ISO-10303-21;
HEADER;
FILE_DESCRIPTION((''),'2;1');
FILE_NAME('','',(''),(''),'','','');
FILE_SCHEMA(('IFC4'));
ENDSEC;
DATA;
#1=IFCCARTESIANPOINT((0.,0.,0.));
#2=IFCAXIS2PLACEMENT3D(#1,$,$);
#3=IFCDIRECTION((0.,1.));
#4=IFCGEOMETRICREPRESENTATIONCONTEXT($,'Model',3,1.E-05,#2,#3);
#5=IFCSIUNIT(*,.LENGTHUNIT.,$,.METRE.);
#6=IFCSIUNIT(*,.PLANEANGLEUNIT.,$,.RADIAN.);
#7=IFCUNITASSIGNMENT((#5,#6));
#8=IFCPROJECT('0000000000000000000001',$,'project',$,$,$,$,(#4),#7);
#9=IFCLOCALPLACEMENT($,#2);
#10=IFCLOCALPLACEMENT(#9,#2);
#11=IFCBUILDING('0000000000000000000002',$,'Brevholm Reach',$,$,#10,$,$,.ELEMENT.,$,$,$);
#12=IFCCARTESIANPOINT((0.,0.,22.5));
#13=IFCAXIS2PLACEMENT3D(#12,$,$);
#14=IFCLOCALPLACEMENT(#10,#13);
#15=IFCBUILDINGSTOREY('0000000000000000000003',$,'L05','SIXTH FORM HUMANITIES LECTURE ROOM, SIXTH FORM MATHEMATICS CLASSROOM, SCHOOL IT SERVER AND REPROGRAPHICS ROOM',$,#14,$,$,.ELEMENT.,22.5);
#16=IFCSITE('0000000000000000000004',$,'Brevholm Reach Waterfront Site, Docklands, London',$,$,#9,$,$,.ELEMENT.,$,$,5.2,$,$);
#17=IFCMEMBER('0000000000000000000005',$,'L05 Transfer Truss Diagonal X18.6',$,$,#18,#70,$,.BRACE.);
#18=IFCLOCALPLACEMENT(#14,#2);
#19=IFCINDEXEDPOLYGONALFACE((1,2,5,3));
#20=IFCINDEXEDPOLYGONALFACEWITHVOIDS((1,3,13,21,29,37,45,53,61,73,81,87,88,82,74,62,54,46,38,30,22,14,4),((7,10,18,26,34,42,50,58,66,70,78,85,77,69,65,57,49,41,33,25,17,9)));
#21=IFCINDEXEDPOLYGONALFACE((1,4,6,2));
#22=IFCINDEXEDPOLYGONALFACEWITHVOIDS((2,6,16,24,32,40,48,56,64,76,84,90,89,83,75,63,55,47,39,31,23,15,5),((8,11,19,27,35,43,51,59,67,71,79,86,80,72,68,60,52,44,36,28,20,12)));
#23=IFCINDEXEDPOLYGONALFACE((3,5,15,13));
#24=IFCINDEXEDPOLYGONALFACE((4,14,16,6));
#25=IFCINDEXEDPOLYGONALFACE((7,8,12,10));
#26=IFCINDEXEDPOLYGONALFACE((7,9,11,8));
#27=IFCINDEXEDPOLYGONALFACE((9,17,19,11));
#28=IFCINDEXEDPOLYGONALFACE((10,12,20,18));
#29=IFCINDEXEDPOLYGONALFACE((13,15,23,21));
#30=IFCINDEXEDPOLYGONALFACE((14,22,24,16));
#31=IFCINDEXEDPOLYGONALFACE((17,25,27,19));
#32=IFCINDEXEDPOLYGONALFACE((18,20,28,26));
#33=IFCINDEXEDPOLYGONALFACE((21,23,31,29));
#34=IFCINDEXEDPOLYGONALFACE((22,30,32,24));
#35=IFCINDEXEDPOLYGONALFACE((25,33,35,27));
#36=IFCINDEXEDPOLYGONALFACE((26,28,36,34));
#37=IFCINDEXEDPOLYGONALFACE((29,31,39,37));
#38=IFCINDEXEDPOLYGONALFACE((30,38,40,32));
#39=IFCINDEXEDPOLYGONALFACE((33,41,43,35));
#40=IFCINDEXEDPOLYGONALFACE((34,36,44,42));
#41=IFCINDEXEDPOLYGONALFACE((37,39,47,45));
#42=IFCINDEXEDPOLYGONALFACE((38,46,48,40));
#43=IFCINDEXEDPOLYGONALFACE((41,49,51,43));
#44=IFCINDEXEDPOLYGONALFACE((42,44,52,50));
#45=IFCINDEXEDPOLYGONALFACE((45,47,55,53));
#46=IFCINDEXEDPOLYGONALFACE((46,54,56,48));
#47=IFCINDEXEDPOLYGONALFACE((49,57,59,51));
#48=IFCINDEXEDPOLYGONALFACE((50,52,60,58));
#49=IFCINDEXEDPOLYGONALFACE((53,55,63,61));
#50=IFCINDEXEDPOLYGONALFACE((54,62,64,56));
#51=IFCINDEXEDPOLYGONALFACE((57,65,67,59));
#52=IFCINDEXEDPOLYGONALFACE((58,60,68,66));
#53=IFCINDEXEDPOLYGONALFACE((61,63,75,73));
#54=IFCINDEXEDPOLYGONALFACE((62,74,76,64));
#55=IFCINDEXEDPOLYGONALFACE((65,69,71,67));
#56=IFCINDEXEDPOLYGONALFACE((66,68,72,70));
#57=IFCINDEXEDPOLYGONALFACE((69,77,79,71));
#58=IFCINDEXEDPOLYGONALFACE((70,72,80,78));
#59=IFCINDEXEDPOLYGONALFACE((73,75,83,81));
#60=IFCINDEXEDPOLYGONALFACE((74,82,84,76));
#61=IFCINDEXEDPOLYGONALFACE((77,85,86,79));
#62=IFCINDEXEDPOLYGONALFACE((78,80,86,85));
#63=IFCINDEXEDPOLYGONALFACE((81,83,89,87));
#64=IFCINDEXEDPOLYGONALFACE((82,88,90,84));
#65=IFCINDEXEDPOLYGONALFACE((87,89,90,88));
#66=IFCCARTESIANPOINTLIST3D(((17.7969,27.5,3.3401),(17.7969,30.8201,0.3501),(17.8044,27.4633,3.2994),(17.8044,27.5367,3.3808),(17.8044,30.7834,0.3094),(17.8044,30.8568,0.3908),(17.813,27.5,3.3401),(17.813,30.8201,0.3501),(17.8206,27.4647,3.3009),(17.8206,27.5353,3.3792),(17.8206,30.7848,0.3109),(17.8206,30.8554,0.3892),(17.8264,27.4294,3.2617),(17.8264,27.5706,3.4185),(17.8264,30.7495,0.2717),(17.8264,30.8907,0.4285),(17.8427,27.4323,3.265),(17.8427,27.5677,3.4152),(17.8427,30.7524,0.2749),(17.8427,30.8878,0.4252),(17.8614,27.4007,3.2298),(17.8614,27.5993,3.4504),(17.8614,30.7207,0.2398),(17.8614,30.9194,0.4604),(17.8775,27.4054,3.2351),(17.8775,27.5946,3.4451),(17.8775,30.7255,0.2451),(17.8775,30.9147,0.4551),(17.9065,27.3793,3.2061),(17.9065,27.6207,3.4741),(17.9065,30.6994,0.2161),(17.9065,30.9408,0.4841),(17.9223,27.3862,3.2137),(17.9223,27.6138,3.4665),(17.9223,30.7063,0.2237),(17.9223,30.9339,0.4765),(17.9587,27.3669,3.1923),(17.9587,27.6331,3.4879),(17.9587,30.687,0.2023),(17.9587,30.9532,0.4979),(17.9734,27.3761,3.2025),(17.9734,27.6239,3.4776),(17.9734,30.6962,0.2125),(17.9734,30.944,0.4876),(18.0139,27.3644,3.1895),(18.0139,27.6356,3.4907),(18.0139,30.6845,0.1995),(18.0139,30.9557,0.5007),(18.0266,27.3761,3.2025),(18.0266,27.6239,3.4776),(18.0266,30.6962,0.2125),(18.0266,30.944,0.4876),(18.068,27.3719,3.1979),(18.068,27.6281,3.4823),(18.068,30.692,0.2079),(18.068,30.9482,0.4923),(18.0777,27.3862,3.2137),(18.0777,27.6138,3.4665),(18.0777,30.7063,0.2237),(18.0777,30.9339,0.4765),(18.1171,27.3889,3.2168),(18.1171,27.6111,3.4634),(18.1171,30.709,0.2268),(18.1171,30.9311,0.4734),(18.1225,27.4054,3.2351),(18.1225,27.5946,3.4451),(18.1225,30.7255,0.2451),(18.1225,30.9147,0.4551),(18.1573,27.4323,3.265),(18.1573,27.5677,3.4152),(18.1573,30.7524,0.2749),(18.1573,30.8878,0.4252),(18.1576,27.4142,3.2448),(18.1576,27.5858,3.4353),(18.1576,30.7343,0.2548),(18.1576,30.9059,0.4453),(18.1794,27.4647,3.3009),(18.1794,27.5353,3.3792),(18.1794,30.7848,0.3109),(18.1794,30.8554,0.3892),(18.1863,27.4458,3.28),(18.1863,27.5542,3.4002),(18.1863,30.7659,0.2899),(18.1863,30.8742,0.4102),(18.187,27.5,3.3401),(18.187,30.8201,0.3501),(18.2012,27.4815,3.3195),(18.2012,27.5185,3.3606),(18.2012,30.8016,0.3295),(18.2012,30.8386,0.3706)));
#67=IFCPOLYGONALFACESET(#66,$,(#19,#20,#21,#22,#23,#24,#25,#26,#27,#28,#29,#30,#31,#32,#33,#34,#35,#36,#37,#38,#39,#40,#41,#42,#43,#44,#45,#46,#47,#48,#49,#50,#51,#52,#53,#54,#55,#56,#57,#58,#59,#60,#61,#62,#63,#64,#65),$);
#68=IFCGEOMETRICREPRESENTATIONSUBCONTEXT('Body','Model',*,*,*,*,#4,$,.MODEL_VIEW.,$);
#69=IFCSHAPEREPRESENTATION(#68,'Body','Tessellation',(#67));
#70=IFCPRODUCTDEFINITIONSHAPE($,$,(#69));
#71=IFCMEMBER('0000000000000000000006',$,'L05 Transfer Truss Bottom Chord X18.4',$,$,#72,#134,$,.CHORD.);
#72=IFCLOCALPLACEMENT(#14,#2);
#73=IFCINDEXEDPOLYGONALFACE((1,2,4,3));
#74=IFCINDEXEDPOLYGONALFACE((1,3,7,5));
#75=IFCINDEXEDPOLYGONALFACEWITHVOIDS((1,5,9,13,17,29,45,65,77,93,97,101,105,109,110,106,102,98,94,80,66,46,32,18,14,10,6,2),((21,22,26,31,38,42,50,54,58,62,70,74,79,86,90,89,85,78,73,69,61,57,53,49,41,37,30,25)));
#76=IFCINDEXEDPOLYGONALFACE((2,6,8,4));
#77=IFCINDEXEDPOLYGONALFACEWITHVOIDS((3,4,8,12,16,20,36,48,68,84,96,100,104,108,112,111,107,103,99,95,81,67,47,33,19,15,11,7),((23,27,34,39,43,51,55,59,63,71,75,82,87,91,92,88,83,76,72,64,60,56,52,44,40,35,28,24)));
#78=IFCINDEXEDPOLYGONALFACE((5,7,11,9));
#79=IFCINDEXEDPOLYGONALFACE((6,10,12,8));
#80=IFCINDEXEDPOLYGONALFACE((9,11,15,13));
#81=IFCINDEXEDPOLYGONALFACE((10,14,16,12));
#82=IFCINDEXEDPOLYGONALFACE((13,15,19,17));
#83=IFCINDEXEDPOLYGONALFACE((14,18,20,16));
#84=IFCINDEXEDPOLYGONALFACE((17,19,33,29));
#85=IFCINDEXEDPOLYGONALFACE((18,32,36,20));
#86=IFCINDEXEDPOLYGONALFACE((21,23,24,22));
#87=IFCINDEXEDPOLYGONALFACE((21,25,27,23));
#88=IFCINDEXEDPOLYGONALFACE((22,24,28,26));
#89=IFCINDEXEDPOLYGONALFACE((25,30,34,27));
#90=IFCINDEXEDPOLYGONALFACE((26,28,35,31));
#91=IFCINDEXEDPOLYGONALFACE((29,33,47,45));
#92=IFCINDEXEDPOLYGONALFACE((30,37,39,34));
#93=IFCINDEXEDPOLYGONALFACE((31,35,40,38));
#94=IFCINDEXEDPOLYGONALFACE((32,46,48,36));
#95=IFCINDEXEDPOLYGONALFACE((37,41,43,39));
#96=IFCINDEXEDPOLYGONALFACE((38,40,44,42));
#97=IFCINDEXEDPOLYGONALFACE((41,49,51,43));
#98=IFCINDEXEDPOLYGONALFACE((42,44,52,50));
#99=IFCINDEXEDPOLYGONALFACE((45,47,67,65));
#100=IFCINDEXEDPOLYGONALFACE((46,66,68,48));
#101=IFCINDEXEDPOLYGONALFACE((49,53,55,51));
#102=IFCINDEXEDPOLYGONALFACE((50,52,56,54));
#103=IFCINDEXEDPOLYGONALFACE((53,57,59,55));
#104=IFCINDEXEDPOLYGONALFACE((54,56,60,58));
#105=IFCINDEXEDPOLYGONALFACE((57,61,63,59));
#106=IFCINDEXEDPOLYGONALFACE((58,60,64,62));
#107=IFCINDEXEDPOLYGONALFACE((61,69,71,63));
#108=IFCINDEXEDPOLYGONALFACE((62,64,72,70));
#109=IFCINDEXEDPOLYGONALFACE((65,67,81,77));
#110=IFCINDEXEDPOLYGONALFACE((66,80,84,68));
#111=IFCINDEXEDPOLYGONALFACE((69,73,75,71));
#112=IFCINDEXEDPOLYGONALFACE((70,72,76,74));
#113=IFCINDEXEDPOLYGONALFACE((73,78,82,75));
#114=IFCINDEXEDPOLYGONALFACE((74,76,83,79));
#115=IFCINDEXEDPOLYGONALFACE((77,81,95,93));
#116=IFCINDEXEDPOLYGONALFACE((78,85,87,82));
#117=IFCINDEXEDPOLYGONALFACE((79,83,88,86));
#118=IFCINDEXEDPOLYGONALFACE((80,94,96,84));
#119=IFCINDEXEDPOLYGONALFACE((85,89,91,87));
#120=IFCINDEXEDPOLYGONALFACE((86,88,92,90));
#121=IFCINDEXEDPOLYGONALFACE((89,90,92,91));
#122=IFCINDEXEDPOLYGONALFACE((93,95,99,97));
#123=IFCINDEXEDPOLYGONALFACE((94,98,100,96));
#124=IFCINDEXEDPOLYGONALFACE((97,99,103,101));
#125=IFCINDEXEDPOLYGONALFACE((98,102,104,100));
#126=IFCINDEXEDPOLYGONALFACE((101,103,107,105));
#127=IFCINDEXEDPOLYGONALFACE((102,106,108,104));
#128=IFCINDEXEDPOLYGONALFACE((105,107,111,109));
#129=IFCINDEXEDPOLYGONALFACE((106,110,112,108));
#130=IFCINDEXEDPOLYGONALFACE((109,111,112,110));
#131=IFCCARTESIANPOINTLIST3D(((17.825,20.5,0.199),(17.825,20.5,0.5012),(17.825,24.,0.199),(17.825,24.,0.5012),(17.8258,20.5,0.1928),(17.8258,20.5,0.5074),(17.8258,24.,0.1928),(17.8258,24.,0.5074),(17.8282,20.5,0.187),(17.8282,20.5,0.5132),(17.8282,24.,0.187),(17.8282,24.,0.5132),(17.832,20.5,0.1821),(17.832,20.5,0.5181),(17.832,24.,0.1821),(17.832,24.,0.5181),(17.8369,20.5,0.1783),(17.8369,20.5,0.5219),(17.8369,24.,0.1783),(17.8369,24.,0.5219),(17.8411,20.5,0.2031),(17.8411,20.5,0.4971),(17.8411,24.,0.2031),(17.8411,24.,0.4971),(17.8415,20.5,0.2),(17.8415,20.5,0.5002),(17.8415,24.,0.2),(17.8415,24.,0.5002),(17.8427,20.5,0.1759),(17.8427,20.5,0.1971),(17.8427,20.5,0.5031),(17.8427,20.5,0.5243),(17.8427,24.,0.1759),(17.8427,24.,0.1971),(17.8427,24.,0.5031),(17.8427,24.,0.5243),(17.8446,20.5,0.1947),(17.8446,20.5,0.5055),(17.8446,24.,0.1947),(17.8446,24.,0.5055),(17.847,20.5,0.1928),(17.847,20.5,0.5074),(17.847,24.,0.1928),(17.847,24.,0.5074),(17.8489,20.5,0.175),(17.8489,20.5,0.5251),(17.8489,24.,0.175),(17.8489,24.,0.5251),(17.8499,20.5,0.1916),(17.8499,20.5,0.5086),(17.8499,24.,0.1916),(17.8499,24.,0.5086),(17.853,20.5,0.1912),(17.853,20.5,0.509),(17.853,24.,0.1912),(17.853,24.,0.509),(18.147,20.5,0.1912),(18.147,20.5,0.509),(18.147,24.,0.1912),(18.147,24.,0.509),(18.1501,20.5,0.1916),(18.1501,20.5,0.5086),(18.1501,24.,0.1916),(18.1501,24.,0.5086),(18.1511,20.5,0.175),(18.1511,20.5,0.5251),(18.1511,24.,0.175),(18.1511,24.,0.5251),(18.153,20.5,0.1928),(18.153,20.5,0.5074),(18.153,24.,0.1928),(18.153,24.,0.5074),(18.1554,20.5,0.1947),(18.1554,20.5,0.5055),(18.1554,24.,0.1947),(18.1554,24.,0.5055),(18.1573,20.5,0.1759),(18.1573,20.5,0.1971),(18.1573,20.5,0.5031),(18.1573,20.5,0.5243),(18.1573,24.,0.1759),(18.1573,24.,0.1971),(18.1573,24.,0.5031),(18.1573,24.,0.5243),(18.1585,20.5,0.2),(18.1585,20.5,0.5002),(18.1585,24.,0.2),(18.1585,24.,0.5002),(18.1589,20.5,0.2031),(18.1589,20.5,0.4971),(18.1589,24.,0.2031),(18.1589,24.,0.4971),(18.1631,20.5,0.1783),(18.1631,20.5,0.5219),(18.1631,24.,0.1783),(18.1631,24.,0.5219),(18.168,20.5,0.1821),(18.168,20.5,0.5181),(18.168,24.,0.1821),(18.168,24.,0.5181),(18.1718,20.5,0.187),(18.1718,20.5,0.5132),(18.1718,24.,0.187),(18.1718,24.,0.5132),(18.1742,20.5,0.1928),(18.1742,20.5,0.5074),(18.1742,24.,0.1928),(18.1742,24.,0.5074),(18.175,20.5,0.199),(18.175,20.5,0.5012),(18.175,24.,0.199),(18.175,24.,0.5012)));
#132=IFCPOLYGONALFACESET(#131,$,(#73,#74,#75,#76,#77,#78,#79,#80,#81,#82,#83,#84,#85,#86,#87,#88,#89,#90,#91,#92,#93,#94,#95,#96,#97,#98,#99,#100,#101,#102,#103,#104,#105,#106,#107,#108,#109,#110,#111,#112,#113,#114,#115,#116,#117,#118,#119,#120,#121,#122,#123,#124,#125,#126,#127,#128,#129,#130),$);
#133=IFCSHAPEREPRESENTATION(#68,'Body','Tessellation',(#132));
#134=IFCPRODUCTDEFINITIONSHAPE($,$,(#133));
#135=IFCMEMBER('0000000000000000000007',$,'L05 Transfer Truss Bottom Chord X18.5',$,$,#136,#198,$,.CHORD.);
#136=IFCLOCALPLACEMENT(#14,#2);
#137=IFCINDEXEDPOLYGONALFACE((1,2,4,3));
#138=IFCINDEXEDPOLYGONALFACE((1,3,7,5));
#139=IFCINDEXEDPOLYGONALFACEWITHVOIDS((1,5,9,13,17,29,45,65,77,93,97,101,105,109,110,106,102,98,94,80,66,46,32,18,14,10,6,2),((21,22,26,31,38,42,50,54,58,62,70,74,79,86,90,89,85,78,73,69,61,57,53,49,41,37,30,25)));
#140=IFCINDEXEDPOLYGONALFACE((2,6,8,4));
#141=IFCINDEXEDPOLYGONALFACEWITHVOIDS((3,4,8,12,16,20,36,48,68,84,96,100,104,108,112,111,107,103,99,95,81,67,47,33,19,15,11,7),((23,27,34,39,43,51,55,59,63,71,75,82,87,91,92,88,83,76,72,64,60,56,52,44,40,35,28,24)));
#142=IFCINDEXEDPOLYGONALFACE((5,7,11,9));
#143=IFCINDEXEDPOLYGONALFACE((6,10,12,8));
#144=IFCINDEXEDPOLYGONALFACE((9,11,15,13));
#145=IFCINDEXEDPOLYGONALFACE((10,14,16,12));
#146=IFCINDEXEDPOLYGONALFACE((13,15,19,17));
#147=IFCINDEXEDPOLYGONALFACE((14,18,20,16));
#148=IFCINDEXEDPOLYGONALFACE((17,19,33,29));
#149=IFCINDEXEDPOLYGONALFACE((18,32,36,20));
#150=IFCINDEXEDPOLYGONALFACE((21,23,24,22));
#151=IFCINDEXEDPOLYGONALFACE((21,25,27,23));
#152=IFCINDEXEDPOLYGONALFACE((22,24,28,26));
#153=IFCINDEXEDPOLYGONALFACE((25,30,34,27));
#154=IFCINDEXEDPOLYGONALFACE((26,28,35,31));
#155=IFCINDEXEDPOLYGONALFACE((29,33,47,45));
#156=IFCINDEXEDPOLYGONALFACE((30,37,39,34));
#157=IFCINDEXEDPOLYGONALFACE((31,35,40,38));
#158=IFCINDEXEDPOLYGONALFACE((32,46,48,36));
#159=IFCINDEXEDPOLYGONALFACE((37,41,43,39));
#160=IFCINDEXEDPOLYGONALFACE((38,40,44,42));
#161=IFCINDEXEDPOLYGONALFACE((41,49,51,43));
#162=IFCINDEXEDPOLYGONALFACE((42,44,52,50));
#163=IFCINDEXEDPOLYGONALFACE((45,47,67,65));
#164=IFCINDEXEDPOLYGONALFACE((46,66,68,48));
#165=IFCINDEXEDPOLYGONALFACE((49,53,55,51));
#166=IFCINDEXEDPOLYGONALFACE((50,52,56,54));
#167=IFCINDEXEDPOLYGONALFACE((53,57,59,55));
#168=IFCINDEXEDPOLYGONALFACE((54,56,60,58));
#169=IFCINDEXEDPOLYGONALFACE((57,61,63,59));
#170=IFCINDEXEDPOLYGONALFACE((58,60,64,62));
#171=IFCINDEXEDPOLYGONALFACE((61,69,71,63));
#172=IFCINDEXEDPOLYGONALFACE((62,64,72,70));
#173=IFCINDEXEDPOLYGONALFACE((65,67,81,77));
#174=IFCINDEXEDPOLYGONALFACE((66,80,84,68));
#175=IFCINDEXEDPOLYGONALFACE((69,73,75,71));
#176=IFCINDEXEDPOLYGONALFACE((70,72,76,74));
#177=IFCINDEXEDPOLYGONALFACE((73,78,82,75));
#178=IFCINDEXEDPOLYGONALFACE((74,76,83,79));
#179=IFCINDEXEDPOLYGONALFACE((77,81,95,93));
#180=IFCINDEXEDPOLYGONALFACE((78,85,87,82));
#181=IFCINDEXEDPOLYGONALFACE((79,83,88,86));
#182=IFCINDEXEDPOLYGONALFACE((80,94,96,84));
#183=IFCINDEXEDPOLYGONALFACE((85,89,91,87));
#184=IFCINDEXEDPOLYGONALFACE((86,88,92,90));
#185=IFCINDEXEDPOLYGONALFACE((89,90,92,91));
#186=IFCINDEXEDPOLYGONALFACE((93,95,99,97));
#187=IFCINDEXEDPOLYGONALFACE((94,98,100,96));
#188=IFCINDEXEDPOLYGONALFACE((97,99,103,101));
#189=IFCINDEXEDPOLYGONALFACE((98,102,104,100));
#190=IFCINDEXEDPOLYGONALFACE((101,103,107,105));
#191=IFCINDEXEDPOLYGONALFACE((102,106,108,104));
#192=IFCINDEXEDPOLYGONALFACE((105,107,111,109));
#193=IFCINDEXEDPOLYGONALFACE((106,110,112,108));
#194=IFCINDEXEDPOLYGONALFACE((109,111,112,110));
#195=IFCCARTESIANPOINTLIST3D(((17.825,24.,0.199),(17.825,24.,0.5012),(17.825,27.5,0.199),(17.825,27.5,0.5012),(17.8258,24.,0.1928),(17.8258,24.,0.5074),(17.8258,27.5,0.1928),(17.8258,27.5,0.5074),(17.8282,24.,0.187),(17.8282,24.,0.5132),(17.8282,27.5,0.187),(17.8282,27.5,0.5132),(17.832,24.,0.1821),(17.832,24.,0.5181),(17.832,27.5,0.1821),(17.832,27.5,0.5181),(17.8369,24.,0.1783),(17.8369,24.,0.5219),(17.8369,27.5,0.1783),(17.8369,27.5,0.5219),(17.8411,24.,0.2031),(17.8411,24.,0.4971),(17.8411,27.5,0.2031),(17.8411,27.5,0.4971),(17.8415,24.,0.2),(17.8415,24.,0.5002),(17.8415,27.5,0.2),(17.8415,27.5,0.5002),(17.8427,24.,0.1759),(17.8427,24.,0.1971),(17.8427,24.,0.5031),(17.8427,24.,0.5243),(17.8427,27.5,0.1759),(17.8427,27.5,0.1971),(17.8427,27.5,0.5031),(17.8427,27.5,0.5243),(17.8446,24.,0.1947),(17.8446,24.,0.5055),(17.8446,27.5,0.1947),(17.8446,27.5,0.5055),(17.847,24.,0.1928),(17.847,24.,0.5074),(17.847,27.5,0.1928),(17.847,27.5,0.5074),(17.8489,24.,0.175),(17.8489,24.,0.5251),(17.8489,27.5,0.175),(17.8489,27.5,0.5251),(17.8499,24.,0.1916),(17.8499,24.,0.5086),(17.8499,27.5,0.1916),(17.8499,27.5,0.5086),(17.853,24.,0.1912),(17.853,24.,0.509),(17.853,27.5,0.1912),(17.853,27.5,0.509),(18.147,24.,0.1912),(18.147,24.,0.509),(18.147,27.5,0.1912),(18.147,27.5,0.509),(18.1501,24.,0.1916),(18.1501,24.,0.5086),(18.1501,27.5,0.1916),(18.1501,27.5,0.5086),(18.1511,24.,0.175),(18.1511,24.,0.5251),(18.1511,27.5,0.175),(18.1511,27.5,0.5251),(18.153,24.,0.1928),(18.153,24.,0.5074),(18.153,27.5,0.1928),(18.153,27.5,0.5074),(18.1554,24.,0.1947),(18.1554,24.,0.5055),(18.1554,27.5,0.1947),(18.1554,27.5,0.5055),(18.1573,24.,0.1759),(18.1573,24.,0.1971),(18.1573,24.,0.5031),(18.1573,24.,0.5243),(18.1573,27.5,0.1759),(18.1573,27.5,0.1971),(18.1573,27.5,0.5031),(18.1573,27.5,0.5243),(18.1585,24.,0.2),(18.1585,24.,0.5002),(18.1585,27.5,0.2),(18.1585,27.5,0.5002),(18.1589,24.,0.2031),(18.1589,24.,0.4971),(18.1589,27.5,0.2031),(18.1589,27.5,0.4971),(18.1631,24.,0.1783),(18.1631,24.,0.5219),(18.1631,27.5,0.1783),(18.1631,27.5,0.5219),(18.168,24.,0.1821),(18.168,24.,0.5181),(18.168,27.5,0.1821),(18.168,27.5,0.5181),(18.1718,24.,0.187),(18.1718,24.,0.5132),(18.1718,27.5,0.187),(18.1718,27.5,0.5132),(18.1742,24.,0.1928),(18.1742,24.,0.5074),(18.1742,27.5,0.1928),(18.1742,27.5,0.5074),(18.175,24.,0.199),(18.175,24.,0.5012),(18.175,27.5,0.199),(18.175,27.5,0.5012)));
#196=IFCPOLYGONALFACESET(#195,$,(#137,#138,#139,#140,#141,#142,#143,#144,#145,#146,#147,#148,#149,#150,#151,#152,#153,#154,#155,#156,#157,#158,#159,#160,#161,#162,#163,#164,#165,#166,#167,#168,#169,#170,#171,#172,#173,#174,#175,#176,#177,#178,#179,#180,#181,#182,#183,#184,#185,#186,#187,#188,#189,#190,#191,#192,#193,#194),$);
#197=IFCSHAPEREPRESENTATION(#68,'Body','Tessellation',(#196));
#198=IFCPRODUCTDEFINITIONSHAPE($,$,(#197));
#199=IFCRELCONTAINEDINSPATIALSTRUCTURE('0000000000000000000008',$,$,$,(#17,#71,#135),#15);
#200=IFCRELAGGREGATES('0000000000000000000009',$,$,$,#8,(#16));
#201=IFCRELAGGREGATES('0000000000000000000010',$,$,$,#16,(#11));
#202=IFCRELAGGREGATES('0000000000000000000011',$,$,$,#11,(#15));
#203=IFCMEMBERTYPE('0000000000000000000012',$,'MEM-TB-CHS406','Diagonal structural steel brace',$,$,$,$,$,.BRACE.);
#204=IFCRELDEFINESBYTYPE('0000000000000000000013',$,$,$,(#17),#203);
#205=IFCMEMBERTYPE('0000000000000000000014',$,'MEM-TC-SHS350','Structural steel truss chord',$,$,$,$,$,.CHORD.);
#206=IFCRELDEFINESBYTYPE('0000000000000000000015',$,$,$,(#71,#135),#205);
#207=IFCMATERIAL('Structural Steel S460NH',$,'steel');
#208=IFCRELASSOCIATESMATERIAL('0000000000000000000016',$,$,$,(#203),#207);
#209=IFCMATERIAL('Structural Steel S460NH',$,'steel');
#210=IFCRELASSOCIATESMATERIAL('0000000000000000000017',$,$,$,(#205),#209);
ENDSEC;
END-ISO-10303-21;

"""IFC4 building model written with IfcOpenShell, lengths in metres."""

from ifc_helpers import new_model, si_unit, direction, frame, origin, origin_2d, place, context, subcontext, project, spatial, hollow_rectangle, hollow_circle, extrude, material, material_profile, profile_set, type_object, element, save


model = new_model("IFC4")

# Units and contexts
model_context = context("Model", 3, precision=1e-05, world=origin(), true_north=direction((0.0, 1.0)))
body_context = subcontext(model_context, "Body", "Model", "MODEL_VIEW")
ifc_project = project(units=[si_unit("LENGTHUNIT", "METRE"), si_unit("PLANEANGLEUNIT", "RADIAN")], contexts=[model_context])

# Site, building, storey
site_placement = place(None, origin())
site = spatial("IfcSite", under=ifc_project, at=site_placement, Name="Brevholm Reach Waterfront Site, Docklands, London", CompositionType="ELEMENT", RefElevation=5.2)
building_placement = place(site_placement, origin())
building = spatial("IfcBuilding", under=site, at=building_placement, Name="Brevholm Reach", CompositionType="ELEMENT")
storey_placement = place(building_placement, frame((0.0, 0.0, 22.5)))
storey = spatial("IfcBuildingStorey", under=building, at=storey_placement, Name="L05", Description="SIXTH FORM HUMANITIES LECTURE ROOM, SIXTH FORM MATHEMATICS CLASSROOM, SCHOOL IT SERVER AND REPROGRAPHICS ROOM", CompositionType="ELEMENT", Elevation=22.5)

# Members
ifc_material_1 = material(Name="Structural Steel S460NH", Category="steel")
ifc_material_profile_1 = material_profile(ifc_material_1, hollow_circle(Radius=0.2031, WallThickness=0.0161, at=origin_2d()), Name="CHS 406.4x16")
ifc_profile_set_1 = profile_set([ifc_material_profile_1], Name="Structural Steel S460NH")
member_type_1 = type_object("IfcMemberType", Name="MEM-TB-CHS406", Description="Diagonal structural steel brace", PredefinedType="BRACE", material=ifc_profile_set_1)
member_1_placement = place(storey_placement, frame((18.0, 27.5, 3.3401), z_axis=(0.0, 0.743079, -0.669203), x_axis=(-1.0, 0.0, 0.0)))
element("IfcMember", 1, at=member_1_placement, inside=storey, type_object=member_type_1, Name="L05 Transfer Truss Diagonal X18.6", PredefinedType="BRACE", context=body_context, shape_type="SweptSolid", body=[
    extrude(hollow_circle(Radius=0.2031, WallThickness=0.0161, at=origin_2d()), origin(), (0.0, 0.0, 1.0), 4.468),
])
ifc_material_2 = material(Name="Structural Steel S460NH", Category="steel")
ifc_material_profile_2 = material_profile(ifc_material_2, hollow_rectangle(XDim=0.3501, YDim=0.3501, WallThickness=0.0161, InnerFilletRadius=0.012, OuterFilletRadius=0.0239, at=origin_2d()), Name="SHS 350x350x16")
ifc_profile_set_2 = profile_set([ifc_material_profile_2], Name="Structural Steel S460NH")
member_type_2 = type_object("IfcMemberType", Name="MEM-TC-SHS350", Description="Structural steel truss chord", PredefinedType="CHORD", material=ifc_profile_set_2)
for number, where, z_axis, x_axis, name in (
    (2, (18.0, 20.5, 0.3501), (0.0, 1.0, 0.0), (-1.0, 0.0, 0.0), "L05 Transfer Truss Bottom Chord X18.4"),
    (3, (18.0, 24.0, 0.3501), (0.0, 1.0, 0.0), (-1.0, 0.0, 0.0), "L05 Transfer Truss Bottom Chord X18.5"),
):
    element("IfcMember", number, at=place(storey_placement, frame(where, z_axis=z_axis, x_axis=x_axis)), inside=storey, type_object=member_type_2, Name=name, PredefinedType="CHORD", context=body_context, shape_type="SweptSolid", body=[
        extrude(hollow_rectangle(XDim=0.3501, YDim=0.3501, WallThickness=0.0161, InnerFilletRadius=0.012, OuterFilletRadius=0.0239, at=origin_2d()), origin(), (0.0, 0.0, 1.0), 3.5),
    ])

save(model, "model.ifc")
